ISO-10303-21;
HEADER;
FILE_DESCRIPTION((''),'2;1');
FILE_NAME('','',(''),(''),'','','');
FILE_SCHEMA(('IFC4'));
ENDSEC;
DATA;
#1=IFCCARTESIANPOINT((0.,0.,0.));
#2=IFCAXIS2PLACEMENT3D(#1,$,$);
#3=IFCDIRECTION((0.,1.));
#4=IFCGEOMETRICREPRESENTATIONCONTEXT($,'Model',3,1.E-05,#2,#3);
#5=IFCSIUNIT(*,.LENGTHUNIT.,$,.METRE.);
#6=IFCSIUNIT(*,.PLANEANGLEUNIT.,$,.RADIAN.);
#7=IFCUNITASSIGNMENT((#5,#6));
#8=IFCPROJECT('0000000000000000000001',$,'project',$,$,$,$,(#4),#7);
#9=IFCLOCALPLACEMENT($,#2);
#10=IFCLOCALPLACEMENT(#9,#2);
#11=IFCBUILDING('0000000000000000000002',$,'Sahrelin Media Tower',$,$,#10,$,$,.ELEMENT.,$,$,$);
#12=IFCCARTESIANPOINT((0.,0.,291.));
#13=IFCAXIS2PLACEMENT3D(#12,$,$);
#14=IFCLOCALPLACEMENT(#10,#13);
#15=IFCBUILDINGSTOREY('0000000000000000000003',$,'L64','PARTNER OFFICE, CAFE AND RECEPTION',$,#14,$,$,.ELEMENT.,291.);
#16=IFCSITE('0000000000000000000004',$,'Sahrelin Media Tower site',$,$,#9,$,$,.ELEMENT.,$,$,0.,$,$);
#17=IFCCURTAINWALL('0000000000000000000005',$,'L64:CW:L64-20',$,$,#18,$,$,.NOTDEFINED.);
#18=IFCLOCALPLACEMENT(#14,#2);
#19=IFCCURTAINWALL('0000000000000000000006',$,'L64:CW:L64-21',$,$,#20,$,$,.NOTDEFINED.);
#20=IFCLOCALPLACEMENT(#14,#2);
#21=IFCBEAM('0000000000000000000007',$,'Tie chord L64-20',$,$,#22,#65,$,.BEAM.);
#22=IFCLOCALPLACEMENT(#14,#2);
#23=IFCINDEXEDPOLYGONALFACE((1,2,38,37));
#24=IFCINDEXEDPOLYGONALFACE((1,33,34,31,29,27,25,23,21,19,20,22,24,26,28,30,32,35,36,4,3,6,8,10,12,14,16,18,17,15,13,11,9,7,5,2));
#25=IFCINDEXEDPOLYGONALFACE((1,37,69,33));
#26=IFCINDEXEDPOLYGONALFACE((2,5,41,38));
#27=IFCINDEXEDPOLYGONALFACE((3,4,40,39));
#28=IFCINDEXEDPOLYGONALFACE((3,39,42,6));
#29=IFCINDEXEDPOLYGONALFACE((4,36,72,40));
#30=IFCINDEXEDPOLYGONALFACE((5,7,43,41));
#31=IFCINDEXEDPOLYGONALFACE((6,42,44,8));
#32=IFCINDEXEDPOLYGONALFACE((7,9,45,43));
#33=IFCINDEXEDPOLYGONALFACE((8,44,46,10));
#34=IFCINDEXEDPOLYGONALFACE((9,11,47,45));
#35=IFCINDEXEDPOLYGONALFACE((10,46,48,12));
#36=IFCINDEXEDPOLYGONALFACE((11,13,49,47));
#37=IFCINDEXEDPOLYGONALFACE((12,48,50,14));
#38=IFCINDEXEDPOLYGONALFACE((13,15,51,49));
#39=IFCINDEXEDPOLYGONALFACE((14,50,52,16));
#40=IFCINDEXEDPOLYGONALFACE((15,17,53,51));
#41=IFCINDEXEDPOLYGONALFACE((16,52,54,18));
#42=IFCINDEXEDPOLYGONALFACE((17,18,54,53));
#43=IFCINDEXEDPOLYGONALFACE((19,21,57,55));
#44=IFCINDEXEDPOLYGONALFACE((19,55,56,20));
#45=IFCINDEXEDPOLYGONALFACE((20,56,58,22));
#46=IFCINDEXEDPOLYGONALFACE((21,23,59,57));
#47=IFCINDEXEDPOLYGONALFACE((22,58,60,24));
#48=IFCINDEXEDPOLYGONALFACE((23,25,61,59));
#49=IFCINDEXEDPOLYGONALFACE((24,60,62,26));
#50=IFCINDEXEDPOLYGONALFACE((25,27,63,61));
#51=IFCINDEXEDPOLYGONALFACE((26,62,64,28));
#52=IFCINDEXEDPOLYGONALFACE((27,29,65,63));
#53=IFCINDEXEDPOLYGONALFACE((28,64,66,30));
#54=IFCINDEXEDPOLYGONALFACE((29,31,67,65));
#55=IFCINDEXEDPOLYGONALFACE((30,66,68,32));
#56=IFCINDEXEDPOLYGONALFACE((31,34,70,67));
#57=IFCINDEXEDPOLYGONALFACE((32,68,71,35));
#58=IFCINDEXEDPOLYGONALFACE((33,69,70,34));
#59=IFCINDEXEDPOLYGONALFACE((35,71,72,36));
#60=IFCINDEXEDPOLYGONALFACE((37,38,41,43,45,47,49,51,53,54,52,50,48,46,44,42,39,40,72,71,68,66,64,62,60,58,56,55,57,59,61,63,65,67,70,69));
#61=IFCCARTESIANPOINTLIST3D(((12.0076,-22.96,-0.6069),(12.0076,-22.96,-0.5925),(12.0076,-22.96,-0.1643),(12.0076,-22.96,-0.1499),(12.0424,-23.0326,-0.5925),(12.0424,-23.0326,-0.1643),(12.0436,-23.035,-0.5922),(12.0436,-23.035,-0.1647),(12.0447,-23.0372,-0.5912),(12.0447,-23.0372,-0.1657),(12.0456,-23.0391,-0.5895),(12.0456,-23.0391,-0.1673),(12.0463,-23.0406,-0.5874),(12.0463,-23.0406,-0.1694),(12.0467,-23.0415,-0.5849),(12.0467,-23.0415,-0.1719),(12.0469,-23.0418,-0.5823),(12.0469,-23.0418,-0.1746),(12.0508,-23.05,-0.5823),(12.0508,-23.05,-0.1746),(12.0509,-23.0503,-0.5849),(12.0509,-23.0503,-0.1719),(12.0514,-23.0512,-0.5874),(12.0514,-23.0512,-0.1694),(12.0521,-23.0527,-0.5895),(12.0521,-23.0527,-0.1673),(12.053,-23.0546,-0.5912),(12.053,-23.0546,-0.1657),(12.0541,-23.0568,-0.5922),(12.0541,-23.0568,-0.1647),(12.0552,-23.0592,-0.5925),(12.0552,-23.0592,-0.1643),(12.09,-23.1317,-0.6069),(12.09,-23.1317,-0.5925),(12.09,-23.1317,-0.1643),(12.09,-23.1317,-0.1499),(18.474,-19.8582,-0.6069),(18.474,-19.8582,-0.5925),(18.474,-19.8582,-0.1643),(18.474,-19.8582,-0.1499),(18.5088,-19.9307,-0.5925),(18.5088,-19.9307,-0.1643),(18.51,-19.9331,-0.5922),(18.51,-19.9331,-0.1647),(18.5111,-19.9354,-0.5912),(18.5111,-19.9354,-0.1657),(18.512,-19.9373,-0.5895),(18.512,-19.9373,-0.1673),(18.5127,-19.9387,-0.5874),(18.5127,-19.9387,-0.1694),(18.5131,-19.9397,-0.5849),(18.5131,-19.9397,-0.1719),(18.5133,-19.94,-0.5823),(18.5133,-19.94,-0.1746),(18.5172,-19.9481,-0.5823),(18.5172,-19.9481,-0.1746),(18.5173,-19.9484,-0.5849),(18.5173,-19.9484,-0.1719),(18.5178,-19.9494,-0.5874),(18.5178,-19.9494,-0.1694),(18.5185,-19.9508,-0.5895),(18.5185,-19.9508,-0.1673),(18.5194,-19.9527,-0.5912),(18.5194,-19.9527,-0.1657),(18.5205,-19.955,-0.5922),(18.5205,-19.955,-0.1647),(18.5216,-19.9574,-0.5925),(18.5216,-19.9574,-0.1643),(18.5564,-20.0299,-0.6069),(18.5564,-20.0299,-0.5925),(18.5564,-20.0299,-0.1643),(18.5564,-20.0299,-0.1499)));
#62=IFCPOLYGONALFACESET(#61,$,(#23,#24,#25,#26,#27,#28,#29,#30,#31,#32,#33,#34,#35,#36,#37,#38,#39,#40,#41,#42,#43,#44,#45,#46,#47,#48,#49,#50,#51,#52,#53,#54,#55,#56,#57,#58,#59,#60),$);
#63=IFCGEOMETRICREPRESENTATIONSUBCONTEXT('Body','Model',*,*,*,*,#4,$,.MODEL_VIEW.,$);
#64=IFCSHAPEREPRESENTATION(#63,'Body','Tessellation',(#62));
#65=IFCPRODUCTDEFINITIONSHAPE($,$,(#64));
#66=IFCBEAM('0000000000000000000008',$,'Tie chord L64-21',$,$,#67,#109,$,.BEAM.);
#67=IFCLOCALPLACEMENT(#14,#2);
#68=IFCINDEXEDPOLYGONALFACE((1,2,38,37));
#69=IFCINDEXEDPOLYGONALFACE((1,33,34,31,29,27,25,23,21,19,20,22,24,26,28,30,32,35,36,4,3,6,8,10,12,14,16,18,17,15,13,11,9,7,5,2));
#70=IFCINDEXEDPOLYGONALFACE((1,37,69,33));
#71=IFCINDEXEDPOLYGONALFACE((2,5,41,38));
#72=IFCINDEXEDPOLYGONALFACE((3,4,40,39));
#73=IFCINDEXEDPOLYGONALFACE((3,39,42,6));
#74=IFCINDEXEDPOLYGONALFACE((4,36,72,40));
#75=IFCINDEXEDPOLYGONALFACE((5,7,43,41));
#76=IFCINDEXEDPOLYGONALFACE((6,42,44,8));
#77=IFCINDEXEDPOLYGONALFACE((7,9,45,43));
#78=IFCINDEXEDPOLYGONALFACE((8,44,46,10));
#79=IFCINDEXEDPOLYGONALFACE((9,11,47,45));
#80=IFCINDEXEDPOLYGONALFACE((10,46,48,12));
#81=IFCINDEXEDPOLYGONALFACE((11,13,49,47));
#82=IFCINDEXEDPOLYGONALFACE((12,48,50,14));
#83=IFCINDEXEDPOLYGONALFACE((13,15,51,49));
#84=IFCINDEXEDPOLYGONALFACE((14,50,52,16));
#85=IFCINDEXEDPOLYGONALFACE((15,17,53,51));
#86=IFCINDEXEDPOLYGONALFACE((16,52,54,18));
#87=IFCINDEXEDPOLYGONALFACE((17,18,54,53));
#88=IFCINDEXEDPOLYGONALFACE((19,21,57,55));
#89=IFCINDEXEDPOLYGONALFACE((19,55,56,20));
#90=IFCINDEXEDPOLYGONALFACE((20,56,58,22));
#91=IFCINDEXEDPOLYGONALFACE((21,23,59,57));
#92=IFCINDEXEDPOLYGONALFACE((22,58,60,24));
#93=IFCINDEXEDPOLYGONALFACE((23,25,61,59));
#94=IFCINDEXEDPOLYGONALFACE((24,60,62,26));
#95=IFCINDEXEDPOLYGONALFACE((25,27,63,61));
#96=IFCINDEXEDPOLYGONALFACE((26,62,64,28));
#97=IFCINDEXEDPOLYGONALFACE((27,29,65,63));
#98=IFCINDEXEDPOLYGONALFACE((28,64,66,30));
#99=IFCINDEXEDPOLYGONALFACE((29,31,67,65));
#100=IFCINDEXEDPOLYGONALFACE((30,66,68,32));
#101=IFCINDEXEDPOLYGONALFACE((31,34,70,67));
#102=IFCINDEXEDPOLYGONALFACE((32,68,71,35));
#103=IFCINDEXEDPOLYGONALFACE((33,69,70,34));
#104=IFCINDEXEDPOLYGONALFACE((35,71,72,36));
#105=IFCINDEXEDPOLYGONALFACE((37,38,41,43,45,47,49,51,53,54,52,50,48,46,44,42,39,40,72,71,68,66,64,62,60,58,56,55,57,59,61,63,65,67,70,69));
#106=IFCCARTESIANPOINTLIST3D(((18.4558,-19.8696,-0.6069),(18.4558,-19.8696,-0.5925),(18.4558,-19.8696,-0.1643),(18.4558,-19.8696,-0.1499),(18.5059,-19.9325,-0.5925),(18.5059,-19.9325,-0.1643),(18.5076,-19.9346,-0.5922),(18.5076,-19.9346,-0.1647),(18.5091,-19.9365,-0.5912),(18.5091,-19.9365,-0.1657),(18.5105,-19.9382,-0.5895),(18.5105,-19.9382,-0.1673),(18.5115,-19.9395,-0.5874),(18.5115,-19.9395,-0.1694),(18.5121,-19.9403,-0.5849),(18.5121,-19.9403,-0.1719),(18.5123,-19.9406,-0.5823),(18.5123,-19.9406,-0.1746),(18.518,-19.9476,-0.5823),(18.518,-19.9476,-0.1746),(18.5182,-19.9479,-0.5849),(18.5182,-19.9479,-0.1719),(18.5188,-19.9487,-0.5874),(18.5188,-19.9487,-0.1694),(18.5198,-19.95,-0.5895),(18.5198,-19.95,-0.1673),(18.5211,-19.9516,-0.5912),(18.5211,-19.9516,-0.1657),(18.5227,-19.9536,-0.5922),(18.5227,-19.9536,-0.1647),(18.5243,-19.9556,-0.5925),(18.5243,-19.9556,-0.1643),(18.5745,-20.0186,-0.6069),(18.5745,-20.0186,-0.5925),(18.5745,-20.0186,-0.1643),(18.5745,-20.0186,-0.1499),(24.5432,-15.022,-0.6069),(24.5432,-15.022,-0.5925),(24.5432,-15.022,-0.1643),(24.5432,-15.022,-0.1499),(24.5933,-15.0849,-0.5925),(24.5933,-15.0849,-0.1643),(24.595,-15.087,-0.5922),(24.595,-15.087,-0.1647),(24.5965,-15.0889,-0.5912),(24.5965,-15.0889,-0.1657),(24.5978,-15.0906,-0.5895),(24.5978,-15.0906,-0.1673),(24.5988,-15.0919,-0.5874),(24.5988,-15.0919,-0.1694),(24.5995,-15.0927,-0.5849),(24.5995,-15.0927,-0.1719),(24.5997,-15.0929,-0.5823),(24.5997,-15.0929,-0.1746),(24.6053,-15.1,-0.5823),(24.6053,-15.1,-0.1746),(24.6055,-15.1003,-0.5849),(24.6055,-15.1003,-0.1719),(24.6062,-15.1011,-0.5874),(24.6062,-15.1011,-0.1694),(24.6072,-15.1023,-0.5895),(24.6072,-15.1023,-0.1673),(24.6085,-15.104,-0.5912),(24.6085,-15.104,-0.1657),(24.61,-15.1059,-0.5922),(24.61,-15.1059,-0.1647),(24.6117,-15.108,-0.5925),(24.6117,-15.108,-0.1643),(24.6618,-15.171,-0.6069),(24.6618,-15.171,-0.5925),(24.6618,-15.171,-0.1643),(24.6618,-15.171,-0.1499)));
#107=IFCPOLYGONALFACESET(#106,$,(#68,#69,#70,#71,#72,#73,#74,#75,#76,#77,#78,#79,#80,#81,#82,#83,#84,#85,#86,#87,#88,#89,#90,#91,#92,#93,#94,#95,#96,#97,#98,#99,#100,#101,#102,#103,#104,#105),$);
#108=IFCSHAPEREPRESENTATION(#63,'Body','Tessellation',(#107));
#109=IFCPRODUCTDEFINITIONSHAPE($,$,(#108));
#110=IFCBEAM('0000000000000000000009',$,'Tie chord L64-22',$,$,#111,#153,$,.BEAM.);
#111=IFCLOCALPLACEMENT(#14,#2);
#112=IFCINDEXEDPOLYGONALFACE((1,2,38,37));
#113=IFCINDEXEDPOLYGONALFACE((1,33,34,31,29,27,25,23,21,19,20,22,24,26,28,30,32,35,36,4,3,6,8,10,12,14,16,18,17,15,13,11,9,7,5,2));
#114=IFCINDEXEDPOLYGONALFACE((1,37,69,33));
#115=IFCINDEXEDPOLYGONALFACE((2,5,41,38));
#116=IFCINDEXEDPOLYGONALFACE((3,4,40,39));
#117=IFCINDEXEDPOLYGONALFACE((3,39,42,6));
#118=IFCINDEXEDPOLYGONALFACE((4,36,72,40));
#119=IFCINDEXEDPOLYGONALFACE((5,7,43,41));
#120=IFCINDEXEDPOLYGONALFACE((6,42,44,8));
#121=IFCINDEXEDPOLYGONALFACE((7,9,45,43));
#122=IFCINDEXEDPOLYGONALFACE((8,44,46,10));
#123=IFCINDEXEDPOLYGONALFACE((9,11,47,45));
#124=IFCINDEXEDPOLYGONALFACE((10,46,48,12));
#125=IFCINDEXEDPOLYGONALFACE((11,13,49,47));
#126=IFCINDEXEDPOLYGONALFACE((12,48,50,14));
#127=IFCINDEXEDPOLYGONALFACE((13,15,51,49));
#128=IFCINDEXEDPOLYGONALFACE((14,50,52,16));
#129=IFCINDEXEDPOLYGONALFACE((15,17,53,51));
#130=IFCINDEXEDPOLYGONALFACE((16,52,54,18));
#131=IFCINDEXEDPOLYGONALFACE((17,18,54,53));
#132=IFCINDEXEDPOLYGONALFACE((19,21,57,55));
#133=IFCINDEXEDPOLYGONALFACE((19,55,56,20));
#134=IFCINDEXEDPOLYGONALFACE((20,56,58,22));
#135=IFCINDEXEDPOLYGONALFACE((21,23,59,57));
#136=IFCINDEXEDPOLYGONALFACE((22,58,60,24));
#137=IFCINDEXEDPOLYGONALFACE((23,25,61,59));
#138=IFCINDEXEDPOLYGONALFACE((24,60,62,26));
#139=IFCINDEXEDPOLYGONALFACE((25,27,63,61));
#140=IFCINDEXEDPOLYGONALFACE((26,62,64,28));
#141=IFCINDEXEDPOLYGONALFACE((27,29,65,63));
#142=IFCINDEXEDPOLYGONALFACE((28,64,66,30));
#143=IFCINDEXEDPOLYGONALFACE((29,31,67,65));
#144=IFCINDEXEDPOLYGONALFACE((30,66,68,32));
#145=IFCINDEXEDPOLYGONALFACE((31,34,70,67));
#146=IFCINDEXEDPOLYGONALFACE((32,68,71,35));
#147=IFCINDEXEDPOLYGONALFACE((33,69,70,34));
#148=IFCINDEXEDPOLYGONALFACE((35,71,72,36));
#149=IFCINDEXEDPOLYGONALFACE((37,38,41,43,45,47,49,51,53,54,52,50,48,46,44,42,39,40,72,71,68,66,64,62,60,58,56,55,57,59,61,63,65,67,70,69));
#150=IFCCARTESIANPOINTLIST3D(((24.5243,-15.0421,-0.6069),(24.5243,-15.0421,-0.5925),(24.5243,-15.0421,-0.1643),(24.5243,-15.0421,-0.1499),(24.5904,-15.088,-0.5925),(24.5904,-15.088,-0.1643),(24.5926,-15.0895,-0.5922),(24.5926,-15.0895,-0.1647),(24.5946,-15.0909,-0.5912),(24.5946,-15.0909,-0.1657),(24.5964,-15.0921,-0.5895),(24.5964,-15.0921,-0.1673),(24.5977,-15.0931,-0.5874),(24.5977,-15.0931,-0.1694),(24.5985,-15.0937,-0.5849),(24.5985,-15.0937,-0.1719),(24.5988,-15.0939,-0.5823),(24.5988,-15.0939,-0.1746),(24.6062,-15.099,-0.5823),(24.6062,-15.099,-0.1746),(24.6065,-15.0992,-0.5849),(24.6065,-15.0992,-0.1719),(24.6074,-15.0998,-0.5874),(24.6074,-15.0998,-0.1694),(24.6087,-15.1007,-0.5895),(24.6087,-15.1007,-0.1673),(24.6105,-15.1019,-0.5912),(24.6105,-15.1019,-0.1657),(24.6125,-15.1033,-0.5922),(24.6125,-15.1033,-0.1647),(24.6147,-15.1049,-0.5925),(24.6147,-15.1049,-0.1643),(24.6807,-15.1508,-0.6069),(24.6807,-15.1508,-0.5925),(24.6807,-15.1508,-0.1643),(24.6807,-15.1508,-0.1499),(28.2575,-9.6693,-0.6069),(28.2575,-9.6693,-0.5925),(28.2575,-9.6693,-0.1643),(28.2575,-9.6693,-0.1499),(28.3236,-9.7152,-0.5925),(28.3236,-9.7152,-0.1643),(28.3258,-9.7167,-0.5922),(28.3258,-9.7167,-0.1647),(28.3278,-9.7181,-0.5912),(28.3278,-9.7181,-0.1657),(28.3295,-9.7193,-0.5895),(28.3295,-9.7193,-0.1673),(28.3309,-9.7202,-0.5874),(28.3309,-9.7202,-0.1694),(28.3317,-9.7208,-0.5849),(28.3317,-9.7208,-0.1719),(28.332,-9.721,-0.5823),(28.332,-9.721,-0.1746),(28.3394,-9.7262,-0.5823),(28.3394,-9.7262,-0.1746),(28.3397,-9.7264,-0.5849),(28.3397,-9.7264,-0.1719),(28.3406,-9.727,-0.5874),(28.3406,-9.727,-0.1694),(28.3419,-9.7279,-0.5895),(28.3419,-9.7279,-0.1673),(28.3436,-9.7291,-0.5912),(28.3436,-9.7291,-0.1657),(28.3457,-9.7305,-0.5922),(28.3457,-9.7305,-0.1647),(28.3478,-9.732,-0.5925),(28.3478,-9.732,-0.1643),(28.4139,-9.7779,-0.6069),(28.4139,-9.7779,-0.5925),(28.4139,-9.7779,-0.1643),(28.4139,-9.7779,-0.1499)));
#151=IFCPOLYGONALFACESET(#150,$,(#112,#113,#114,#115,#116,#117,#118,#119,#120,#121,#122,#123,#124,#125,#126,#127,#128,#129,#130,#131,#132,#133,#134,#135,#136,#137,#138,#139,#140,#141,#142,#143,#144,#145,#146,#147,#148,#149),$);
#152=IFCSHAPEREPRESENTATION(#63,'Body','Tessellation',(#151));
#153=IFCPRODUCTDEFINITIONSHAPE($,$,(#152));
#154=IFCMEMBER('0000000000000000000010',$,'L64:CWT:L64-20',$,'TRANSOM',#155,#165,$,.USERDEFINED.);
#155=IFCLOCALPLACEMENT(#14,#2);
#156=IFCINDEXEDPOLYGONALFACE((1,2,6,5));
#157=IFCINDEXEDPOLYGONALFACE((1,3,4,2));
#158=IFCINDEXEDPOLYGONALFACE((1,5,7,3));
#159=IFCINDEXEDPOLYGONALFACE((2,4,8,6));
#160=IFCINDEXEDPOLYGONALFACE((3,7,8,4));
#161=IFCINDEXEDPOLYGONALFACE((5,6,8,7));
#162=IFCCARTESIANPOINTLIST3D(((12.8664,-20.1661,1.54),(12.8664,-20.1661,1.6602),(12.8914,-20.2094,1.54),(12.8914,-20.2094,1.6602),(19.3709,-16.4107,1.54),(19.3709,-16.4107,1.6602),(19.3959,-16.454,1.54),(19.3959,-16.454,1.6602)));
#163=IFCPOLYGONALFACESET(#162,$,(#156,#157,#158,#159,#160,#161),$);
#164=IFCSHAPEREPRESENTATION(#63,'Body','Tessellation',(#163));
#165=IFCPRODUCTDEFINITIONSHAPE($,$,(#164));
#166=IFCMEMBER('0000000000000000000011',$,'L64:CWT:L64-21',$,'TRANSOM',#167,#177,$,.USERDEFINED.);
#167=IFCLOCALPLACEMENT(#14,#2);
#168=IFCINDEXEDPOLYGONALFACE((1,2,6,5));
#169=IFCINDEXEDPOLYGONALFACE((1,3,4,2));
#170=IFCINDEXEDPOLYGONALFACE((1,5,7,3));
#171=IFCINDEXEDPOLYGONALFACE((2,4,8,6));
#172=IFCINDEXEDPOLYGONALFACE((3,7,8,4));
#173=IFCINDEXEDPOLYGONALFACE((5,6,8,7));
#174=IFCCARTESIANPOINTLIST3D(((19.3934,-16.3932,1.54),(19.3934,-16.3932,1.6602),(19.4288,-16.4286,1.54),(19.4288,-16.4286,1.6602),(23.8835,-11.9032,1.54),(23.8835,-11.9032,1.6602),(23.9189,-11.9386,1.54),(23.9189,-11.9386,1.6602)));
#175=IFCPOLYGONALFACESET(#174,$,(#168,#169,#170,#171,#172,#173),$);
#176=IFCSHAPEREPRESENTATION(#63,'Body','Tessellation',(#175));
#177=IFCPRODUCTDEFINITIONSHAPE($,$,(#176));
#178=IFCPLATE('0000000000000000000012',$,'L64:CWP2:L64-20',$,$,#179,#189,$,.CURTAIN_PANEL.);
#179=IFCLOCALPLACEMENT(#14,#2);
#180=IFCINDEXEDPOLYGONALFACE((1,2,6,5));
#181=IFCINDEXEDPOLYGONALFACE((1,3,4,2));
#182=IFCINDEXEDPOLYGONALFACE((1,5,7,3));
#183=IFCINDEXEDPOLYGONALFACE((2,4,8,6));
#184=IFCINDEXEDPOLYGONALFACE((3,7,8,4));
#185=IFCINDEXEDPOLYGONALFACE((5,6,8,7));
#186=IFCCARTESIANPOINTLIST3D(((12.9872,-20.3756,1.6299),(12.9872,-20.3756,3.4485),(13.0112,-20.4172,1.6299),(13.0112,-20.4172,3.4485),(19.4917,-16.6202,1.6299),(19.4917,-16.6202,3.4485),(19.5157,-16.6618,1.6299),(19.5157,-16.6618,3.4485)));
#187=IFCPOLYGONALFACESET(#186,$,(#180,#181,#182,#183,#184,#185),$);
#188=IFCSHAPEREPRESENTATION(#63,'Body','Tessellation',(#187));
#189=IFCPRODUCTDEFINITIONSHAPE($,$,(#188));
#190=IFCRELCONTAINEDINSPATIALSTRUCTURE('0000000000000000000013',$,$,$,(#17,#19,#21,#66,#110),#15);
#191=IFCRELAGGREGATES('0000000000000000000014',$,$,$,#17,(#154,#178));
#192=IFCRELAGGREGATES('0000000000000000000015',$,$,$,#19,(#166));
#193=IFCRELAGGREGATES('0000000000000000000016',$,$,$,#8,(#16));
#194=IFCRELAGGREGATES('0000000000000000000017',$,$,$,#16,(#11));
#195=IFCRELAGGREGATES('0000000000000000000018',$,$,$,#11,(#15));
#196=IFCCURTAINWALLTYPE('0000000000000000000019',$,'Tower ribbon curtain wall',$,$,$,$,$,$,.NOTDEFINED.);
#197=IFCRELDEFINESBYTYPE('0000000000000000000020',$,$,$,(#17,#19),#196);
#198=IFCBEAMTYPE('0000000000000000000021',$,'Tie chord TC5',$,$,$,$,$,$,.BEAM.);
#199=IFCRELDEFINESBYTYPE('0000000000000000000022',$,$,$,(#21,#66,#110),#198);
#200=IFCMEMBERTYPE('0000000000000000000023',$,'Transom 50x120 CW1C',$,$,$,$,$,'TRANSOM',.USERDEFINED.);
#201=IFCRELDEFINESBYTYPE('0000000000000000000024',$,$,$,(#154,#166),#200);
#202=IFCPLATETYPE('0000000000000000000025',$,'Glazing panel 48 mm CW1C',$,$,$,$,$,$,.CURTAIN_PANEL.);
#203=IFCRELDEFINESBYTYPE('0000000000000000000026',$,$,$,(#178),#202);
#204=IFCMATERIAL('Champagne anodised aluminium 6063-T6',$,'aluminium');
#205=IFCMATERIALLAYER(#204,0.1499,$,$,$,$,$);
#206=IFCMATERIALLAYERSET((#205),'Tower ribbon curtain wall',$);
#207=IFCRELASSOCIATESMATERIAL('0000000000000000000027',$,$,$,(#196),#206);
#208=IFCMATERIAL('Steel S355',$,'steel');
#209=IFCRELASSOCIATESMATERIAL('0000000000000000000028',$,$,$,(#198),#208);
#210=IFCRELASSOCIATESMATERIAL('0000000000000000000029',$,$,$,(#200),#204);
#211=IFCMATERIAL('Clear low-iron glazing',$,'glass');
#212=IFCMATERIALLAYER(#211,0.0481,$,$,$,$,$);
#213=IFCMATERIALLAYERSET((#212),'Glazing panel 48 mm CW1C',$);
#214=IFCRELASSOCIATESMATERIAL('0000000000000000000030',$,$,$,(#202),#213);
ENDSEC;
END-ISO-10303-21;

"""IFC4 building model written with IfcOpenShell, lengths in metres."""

from ifc_helpers import new_model, si_unit, direction, frame, origin, origin_2d, place, context, subcontext, project, spatial, polyline, rectangle, i_section, outline, extrude, material, layer, layer_set, material_profile, profile_set, type_object, element, aggregate, save


model = new_model("IFC4")

# Units and contexts
model_context = context("Model", 3, precision=1e-05, world=origin(), true_north=direction((0.0, 1.0)))
body_context = subcontext(model_context, "Body", "Model", "MODEL_VIEW")
ifc_project = project(units=[si_unit("LENGTHUNIT", "METRE"), si_unit("PLANEANGLEUNIT", "RADIAN")], contexts=[model_context])

# Site, building, storey
site_placement = place(None, origin())
site = spatial("IfcSite", under=ifc_project, at=site_placement, Name="Sahrelin Media Tower site", CompositionType="ELEMENT", RefElevation=0.0)
building_placement = place(site_placement, origin())
building = spatial("IfcBuilding", under=site, at=building_placement, Name="Sahrelin Media Tower", CompositionType="ELEMENT")
storey_placement = place(building_placement, frame((0.0, 0.0, 291.0)))
storey = spatial("IfcBuildingStorey", under=building, at=storey_placement, Name="L64", Description="PARTNER OFFICE, CAFE AND RECEPTION", CompositionType="ELEMENT", Elevation=291.0)

# Shared definitions
ifc_material_1 = material(Name="Steel S355", Category="steel")

# Curtain walls
ifc_material_2 = material(Name="Champagne anodised aluminium 6063-T6", Category="aluminium")
ifc_layer_1 = layer(ifc_material_2, 0.1499)
ifc_layer_set_1 = layer_set([ifc_layer_1], Name="Tower ribbon curtain wall")
curtain_wall_type = type_object("IfcCurtainWallType", Name="Tower ribbon curtain wall", PredefinedType="NOTDEFINED", material=ifc_layer_set_1)
curtain_wall_1_placement = place(storey_placement, frame((16.2534, -18.5222, 0.0), z_axis=(0.0, 0.0, 1.0), x_axis=(1.0, 0.0, 0.0)))
curtain_wall_1 = element("IfcCurtainWall", 1, at=curtain_wall_1_placement, inside=storey, type_object=curtain_wall_type, Name="L64:CW:L64-20", PredefinedType="NOTDEFINED")
curtain_wall_2_placement = place(storey_placement, frame((21.8293, -14.3391, 0.0), z_axis=(0.0, 0.0, 1.0), x_axis=(1.0, 0.0, 0.0)))
curtain_wall_2 = element("IfcCurtainWall", 2, at=curtain_wall_2_placement, inside=storey, type_object=curtain_wall_type, Name="L64:CW:L64-21", PredefinedType="NOTDEFINED")

# Beams
ifc_material_profile_1 = material_profile(ifc_material_1, i_section(OverallWidth=0.1904, OverallDepth=0.457, WebThickness=0.009, FlangeThickness=0.0144, FilletRadius=0.0103, at=origin_2d()), Name="UB 457x191x74")
ifc_profile_set_1 = profile_set([ifc_material_profile_1], Name="Steel S355")
beam_type_1 = type_object("IfcBeamType", Name="Tie chord TC5", PredefinedType="BEAM", material=ifc_profile_set_1)
beam_1_placement = place(storey_placement, frame((12.0488, -23.0459, -0.3784), z_axis=(0.901633, 0.432502, 0.0), x_axis=(-0.432502, 0.901633, 0.0)))
element("IfcBeam", 3, at=beam_1_placement, inside=storey, type_object=beam_type_1, Name="Tie chord L64-20", PredefinedType="BEAM", context=body_context, shape_type="SweptSolid", body=[
    extrude(i_section(OverallWidth=0.1904, OverallDepth=0.457, WebThickness=0.009, FlangeThickness=0.0144, FilletRadius=0.0103, at=origin_2d()), origin(), (0.0, 0.0, 1.0), 7.1719),
])
beam_2_placement = place(storey_placement, frame((18.5151, -19.9441, -0.3784), z_axis=(0.782263, 0.622949, 0.0), x_axis=(-0.622949, 0.782263, 0.0)))
element("IfcBeam", 4, at=beam_2_placement, inside=storey, type_object=beam_type_1, Name="Tie chord L64-21", PredefinedType="BEAM", context=body_context, shape_type="SweptSolid", body=[
    extrude(i_section(OverallWidth=0.1904, OverallDepth=0.457, WebThickness=0.009, FlangeThickness=0.0144, FilletRadius=0.0103, at=origin_2d()), origin(), (0.0, 0.0, 1.0), 7.7817),
])
beam_3_placement = place(storey_placement, frame((24.6025, -15.0964, -0.3784), z_axis=(0.570606, 0.821224, 0.0), x_axis=(-0.821224, 0.570606, 0.0)))
element("IfcBeam", 5, at=beam_3_placement, inside=storey, type_object=beam_type_1, Name="Tie chord L64-22", PredefinedType="BEAM", context=body_context, shape_type="SweptSolid", body=[
    extrude(i_section(OverallWidth=0.1904, OverallDepth=0.457, WebThickness=0.009, FlangeThickness=0.0144, FilletRadius=0.0103, at=origin_2d()), origin(), (0.0, 0.0, 1.0), 6.5425),
])

# Members
ifc_material_profile_2 = material_profile(ifc_material_2, rectangle(XDim=0.05, YDim=0.1201, at=origin_2d()), Name="Transom 50x120")
ifc_profile_set_2 = profile_set([ifc_material_profile_2], Name="Champagne anodised aluminium 6063-T6")
member_type_1 = type_object("IfcMemberType", Name="Transom 50x120 CW1C", ElementType="TRANSOM", PredefinedType="USERDEFINED", material=ifc_profile_set_2)
member_1_placement = place(storey_placement, frame((12.8789, -20.1877, 1.6001), z_axis=(0.866022, 0.500006, 0.0), x_axis=(-0.500006, 0.866022, 0.0)))
member_1 = element("IfcMember", 6, at=member_1_placement, type_object=member_type_1, Name="L64:CWT:L64-20", ObjectType="TRANSOM", PredefinedType="USERDEFINED", context=body_context, shape_type="SweptSolid", body=[
    extrude(rectangle(XDim=0.05, YDim=0.1201, at=origin_2d()), origin(), (0.0, 0.0, 1.0), 7.5107),
])
member_2_placement = place(storey_placement, frame((19.4111, -16.4109, 1.6001), z_axis=(0.707107, 0.707107, 0.0), x_axis=(-0.707107, 0.707107, 0.0)))
member_2 = element("IfcMember", 7, at=member_2_placement, type_object=member_type_1, Name="L64:CWT:L64-21", ObjectType="TRANSOM", PredefinedType="USERDEFINED", context=body_context, shape_type="SweptSolid", body=[
    extrude(rectangle(XDim=0.05, YDim=0.1201, at=origin_2d()), origin(), (0.0, 0.0, 1.0), 6.3499),
])

# Plate
ifc_material_3 = material(Name="Clear low-iron glazing", Category="glass")
ifc_layer_2 = layer(ifc_material_3, 0.0481)
ifc_layer_set_2 = layer_set([ifc_layer_2], Name="Glazing panel 48 mm CW1C")
plate_type_1 = type_object("IfcPlateType", Name="Glazing panel 48 mm CW1C", PredefinedType="CURTAIN_PANEL", material=ifc_layer_set_2)
plate_1_placement = place(storey_placement, frame((13.0112, -20.4172, 1.6299), z_axis=(0.500006, -0.866022, 0.0), x_axis=(0.866022, 0.500006, 0.0)))
plate_1 = element("IfcPlate", 8, at=plate_1_placement, type_object=plate_type_1, Name="L64:CWP2:L64-20", PredefinedType="CURTAIN_PANEL", context=body_context, shape_type="SweptSolid", body=[
    extrude(outline(polyline([(0.0, 0.0), (7.5107, 0.0), (7.5107, 1.8186), (0.0, 1.8186), (0.0, 0.0)])), origin(), (0.0, 0.0, -1.0), 0.0481),
])
aggregate(curtain_wall_1, [member_1, plate_1])
aggregate(curtain_wall_2, [member_2])

save(model, "model.ifc")
